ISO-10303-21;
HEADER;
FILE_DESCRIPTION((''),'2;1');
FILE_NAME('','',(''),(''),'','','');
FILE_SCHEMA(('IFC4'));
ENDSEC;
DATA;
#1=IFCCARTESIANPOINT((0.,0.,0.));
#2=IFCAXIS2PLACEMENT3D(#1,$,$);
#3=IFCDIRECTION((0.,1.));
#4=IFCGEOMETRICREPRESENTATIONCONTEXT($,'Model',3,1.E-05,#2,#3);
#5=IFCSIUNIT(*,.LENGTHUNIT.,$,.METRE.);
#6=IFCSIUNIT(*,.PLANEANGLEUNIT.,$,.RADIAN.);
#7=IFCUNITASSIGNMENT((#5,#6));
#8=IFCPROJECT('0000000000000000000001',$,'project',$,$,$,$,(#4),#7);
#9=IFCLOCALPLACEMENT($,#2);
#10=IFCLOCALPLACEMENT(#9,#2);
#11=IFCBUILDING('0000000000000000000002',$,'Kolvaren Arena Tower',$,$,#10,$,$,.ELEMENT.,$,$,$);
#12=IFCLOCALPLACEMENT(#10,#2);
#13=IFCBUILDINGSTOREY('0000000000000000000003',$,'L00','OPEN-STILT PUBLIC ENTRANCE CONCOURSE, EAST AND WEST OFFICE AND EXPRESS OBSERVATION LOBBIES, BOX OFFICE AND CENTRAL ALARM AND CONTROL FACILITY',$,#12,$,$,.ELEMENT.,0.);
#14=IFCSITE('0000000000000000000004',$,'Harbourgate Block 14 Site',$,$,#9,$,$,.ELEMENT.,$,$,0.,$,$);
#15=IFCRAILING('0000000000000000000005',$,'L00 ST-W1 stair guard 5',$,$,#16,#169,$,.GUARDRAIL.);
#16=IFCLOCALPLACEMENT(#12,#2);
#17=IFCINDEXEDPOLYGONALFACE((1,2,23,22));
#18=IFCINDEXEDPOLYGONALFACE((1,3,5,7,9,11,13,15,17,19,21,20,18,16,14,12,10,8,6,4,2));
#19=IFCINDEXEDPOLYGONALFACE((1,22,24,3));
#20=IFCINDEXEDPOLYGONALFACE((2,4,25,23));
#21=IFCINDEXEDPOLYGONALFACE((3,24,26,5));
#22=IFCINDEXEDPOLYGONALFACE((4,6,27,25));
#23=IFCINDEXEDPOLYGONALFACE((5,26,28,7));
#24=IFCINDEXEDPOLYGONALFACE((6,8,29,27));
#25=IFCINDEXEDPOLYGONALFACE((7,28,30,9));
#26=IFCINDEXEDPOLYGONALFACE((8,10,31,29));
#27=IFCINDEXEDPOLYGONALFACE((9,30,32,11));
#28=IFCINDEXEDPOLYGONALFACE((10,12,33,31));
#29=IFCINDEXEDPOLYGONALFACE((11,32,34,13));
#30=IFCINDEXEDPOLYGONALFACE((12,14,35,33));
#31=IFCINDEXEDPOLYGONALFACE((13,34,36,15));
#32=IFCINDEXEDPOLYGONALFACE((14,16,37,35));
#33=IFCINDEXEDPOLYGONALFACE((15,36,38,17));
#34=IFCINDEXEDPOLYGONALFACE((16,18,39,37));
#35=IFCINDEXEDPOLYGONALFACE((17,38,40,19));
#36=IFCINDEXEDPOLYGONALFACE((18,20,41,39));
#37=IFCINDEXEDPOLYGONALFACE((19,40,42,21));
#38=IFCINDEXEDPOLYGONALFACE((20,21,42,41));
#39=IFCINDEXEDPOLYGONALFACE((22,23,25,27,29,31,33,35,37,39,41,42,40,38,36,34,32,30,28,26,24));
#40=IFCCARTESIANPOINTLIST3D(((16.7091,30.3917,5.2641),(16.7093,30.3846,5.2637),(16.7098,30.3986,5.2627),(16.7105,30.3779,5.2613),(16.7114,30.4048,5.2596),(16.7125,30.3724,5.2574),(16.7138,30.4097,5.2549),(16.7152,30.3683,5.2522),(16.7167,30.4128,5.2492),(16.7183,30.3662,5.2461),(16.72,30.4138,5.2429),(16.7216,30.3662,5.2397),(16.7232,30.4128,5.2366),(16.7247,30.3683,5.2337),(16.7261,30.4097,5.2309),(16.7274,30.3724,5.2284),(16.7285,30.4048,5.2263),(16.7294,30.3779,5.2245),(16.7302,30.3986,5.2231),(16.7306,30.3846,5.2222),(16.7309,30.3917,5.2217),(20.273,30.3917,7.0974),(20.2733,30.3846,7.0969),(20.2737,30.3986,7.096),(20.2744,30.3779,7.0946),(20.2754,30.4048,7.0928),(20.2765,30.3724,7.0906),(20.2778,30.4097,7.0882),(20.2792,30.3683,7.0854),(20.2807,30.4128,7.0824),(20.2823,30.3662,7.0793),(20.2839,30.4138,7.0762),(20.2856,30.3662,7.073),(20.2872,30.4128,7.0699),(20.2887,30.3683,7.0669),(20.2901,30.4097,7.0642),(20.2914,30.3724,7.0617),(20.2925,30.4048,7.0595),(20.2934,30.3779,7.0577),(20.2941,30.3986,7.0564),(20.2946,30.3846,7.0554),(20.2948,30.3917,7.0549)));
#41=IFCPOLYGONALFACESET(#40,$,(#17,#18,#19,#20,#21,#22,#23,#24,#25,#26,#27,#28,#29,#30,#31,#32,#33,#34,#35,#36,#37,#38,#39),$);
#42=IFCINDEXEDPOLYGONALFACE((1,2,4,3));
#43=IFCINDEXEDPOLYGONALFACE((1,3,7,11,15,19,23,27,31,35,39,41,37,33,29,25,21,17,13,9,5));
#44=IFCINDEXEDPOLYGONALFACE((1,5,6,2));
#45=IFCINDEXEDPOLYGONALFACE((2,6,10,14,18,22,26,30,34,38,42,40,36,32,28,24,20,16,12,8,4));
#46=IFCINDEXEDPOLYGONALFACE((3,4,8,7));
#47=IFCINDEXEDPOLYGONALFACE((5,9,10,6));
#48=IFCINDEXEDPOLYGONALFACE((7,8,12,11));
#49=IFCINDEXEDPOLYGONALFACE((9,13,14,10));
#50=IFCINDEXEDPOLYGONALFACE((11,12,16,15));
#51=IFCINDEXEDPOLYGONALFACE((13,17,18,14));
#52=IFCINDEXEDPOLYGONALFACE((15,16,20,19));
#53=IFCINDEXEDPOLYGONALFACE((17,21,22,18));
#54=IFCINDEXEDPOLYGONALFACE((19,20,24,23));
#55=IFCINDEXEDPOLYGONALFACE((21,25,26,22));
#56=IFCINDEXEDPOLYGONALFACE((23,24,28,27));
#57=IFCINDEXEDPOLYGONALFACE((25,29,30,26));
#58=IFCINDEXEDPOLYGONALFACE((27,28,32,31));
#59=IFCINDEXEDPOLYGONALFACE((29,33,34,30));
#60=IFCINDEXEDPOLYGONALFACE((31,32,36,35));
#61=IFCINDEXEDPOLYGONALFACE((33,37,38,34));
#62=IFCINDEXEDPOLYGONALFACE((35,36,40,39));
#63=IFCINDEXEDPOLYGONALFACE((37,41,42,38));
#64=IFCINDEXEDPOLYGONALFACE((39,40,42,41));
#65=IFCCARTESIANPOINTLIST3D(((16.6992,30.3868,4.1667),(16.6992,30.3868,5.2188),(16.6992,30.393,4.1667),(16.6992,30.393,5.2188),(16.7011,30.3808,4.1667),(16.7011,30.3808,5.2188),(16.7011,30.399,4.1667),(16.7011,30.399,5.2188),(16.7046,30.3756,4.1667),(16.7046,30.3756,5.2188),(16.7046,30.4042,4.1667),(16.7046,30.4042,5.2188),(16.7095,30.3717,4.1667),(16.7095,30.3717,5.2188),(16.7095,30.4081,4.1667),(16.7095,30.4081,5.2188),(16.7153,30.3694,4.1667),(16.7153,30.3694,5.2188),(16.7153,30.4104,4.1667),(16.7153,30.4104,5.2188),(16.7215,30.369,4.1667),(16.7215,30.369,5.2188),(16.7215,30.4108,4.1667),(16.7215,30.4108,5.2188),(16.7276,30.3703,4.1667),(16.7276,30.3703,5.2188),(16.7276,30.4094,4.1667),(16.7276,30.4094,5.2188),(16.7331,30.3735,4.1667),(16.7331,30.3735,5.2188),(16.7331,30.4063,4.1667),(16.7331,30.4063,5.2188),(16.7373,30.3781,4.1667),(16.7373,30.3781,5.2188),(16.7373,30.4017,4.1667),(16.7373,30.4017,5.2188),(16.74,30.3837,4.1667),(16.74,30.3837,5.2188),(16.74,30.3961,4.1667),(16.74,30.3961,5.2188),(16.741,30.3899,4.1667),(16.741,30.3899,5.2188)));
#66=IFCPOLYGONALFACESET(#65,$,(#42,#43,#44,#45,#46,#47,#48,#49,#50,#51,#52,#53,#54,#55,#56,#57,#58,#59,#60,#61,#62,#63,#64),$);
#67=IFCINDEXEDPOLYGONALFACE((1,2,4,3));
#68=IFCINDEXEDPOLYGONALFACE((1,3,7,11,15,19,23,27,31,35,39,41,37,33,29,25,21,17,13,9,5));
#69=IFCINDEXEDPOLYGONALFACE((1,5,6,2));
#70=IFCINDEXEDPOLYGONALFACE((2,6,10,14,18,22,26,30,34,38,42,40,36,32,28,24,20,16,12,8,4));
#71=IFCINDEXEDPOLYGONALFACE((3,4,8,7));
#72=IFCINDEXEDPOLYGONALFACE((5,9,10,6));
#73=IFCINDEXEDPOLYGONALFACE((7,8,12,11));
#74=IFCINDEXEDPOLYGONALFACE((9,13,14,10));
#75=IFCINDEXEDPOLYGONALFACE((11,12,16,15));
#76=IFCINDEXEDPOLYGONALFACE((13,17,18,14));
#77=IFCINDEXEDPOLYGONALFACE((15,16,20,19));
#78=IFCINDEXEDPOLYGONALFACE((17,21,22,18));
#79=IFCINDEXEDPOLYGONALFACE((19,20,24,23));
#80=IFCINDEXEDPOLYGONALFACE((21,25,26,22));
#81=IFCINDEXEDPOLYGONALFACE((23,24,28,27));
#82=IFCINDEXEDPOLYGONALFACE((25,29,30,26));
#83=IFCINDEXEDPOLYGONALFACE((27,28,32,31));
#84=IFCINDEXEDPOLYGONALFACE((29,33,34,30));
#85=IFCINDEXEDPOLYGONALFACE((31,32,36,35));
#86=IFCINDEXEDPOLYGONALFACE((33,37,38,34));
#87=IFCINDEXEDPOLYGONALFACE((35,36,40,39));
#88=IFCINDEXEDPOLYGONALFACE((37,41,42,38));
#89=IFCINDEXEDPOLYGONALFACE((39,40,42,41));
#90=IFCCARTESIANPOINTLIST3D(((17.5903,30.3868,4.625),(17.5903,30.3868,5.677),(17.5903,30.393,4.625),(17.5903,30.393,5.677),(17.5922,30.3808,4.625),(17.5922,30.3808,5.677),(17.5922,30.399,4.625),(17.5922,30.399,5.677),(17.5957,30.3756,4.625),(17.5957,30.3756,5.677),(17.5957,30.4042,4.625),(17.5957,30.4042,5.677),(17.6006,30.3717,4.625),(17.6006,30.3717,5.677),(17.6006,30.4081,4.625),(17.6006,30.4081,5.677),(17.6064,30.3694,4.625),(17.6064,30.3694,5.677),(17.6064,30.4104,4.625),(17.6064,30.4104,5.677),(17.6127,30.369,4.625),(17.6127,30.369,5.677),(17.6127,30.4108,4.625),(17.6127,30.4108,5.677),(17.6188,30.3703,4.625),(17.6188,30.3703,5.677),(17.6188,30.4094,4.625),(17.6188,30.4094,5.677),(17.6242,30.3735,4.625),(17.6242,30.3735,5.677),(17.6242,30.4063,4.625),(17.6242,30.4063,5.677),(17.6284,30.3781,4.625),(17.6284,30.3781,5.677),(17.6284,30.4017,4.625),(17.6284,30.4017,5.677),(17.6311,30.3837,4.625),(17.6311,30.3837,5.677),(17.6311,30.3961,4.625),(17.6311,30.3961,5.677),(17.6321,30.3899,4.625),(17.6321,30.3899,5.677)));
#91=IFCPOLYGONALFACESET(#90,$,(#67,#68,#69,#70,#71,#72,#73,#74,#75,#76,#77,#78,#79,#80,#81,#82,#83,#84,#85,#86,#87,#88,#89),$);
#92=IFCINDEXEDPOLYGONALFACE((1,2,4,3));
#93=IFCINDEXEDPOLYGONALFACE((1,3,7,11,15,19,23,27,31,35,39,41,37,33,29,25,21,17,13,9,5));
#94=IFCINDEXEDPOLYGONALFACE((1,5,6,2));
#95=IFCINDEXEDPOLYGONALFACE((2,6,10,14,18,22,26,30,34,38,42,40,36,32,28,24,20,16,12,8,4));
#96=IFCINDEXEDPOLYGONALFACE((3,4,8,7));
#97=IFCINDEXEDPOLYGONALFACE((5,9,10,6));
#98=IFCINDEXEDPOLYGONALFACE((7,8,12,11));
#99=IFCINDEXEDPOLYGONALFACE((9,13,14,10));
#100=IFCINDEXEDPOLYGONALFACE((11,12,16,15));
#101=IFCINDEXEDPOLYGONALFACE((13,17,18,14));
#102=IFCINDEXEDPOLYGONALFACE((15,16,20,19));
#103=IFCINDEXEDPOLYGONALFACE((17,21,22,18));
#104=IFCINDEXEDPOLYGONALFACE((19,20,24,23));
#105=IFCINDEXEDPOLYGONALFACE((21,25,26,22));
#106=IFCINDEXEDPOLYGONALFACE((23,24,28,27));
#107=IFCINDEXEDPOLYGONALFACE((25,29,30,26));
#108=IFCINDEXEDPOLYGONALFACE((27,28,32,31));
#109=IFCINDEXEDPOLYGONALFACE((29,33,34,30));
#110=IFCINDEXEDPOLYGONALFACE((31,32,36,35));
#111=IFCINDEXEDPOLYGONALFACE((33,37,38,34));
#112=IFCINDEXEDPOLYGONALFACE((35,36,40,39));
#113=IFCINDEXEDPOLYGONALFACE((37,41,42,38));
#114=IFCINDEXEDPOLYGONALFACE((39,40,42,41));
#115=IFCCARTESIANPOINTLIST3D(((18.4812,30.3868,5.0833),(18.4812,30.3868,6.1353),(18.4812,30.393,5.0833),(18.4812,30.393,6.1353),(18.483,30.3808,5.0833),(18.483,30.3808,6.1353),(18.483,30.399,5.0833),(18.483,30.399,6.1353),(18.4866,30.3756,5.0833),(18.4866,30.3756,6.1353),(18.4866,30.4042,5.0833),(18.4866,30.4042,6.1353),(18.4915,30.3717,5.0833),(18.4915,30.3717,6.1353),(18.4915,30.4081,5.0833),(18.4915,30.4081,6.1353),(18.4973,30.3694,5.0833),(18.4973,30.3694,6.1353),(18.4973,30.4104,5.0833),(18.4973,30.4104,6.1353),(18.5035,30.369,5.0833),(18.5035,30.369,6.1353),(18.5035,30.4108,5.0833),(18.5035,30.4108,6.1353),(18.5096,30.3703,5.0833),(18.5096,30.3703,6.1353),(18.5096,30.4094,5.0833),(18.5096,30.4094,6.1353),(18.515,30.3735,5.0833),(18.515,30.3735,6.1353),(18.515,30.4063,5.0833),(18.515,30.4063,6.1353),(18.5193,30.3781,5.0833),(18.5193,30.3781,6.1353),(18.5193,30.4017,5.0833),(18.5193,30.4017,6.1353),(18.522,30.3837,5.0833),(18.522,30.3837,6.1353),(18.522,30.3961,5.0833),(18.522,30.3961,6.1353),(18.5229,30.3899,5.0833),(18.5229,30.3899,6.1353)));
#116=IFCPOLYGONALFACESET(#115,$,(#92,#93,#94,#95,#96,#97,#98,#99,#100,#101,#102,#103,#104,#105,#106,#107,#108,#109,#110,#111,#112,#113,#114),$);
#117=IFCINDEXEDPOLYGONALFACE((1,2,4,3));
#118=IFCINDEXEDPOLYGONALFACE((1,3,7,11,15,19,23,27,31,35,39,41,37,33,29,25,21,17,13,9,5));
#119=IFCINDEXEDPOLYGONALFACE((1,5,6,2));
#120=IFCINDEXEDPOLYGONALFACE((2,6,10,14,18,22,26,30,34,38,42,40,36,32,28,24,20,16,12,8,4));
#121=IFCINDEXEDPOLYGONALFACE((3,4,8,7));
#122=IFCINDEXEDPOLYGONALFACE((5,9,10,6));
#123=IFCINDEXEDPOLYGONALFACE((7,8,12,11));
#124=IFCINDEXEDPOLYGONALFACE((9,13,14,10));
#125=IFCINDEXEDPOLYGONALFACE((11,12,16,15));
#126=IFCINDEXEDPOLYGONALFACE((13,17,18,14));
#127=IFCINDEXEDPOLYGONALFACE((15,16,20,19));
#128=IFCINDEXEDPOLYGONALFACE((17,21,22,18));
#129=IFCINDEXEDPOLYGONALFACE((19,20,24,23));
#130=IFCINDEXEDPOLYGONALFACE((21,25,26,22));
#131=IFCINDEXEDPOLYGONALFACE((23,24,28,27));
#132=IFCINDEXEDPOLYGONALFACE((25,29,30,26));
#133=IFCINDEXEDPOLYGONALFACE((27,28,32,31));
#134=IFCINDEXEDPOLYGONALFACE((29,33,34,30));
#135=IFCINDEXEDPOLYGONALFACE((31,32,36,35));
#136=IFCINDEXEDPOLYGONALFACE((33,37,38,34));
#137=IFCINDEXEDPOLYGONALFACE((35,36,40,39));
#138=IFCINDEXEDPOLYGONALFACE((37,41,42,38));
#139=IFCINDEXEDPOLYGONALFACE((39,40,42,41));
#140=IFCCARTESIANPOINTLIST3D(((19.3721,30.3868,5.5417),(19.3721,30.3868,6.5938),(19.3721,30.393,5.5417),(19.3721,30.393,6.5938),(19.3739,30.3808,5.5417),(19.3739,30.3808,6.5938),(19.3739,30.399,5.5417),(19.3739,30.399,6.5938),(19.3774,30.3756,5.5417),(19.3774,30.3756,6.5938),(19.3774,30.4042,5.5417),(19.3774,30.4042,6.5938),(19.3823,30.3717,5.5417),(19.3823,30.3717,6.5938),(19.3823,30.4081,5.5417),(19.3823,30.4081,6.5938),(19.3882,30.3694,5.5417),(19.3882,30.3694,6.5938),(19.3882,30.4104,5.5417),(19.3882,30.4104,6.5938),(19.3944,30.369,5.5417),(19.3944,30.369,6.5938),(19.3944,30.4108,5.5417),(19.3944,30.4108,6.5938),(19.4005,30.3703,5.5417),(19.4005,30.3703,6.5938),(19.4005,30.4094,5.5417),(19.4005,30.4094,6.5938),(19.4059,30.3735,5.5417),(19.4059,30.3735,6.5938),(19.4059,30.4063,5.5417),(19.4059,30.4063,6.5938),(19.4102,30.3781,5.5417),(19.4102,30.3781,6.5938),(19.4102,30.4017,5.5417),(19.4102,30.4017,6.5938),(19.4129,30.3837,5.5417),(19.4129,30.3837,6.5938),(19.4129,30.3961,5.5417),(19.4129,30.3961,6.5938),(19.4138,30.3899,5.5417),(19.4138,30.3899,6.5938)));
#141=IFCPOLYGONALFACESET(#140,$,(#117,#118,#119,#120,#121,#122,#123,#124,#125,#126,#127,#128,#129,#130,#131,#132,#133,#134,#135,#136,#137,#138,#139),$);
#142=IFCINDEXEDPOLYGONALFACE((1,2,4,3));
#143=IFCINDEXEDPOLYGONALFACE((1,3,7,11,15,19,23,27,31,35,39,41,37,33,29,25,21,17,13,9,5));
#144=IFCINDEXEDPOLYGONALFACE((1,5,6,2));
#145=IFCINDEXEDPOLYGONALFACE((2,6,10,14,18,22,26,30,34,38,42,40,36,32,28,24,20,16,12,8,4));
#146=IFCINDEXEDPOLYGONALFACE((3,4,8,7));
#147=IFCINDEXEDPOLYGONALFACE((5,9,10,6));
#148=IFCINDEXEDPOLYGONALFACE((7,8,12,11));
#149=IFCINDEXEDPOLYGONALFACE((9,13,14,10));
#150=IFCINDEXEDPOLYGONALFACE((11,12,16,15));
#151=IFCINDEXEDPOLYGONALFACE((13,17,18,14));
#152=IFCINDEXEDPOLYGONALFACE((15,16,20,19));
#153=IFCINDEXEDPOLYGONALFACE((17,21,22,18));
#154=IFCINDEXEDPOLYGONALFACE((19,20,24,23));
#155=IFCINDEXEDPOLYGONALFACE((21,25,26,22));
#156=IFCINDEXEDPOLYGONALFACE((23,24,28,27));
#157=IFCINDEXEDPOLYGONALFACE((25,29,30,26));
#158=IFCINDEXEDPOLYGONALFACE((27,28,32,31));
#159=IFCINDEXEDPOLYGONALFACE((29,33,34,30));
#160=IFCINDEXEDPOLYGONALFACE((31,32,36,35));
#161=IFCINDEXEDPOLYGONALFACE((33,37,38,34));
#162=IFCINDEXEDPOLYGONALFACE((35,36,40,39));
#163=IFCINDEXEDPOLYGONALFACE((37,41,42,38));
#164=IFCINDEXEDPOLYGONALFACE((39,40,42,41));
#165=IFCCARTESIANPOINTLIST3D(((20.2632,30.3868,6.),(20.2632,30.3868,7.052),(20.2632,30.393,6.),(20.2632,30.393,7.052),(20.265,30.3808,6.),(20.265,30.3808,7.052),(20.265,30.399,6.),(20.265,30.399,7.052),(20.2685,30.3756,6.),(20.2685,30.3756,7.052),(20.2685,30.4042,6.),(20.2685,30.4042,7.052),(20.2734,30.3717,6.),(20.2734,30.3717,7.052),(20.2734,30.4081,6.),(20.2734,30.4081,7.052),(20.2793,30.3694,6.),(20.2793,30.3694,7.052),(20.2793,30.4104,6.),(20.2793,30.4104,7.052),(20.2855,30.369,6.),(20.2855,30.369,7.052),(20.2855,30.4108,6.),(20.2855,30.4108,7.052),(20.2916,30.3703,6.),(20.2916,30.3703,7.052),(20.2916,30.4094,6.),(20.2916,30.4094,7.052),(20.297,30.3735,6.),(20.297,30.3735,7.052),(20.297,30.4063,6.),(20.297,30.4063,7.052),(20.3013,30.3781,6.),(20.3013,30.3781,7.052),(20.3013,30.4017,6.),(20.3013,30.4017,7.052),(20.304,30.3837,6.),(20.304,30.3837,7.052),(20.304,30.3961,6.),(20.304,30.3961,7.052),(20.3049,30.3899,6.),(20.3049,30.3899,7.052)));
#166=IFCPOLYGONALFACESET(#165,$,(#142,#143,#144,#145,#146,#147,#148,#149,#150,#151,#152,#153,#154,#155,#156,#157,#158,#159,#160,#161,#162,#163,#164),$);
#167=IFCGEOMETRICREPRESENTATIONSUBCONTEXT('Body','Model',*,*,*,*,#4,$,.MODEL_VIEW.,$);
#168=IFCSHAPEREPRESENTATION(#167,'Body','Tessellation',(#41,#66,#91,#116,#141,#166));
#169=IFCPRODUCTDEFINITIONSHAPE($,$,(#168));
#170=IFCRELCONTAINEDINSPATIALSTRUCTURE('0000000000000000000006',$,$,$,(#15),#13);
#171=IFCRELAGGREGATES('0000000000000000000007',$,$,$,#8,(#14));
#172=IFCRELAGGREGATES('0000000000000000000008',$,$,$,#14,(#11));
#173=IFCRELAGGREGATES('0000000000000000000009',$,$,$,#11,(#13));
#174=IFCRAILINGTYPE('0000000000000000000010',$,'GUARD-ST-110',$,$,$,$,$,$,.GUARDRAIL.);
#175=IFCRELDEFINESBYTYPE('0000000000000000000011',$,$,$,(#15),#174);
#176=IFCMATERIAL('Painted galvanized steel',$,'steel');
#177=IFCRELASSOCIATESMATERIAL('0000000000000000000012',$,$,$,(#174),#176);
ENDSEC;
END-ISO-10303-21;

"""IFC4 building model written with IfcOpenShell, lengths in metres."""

from ifc_helpers import new_model, si_unit, direction, frame, origin, origin_2d, place, context, subcontext, project, spatial, circle, extrude, material, type_object, element, save


model = new_model("IFC4")

# Units and contexts
model_context = context("Model", 3, precision=1e-05, world=origin(), true_north=direction((0.0, 1.0)))
body_context = subcontext(model_context, "Body", "Model", "MODEL_VIEW")
ifc_project = project(units=[si_unit("LENGTHUNIT", "METRE"), si_unit("PLANEANGLEUNIT", "RADIAN")], contexts=[model_context])

# Site, building, storey
site_placement = place(None, origin())
site = spatial("IfcSite", under=ifc_project, at=site_placement, Name="Harbourgate Block 14 Site", CompositionType="ELEMENT", RefElevation=0.0)
building_placement = place(site_placement, origin())
building = spatial("IfcBuilding", under=site, at=building_placement, Name="Kolvaren Arena Tower", CompositionType="ELEMENT")
storey_placement = place(building_placement, origin())
storey = spatial("IfcBuildingStorey", under=building, at=storey_placement, Name="L00", Description="OPEN-STILT PUBLIC ENTRANCE CONCOURSE, EAST AND WEST OFFICE AND EXPRESS OBSERVATION LOBBIES, BOX OFFICE AND CENTRAL ALARM AND CONTROL FACILITY", CompositionType="ELEMENT", Elevation=0.0)

# Railing
ifc_material_1 = material(Name="Painted galvanized steel", Category="steel")
railing_type_1 = type_object("IfcRailingType", Name="GUARD-ST-110", PredefinedType="GUARDRAIL", material=ifc_material_1)
railing_1_placement = place(storey_placement, frame((16.72, 30.3899, 4.1667)))
element("IfcRailing", 1, at=railing_1_placement, inside=storey, type_object=railing_type_1, Name="L00 ST-W1 stair guard 5", PredefinedType="GUARDRAIL", context=body_context, shape_type="SweptSolid", body=[
    extrude(circle(Radius=0.0239, at=origin_2d()), frame((0.0, 0.0, 1.0762), z_axis=(0.889252, 0.0, 0.457418), x_axis=(0.0, 1.0, 0.0)), (0.0, 0.0, 1.0), 4.0078),
    extrude(circle(Radius=0.021, at=origin_2d()), origin(), (0.0, 0.0, 1.0), 1.052),
    extrude(circle(Radius=0.021, at=origin_2d()), frame((0.8911, 0.0, 0.4583)), (0.0, 0.0, 1.0), 1.052),
    extrude(circle(Radius=0.021, at=origin_2d()), frame((1.782, 0.0, 0.9165)), (0.0, 0.0, 1.0), 1.052),
    extrude(circle(Radius=0.021, at=origin_2d()), frame((2.6729, 0.0, 1.375)), (0.0, 0.0, 1.0), 1.052),
    extrude(circle(Radius=0.021, at=origin_2d()), frame((3.564, 0.0, 1.8333)), (0.0, 0.0, 1.0), 1.052),
])

save(model, "model.ifc")
